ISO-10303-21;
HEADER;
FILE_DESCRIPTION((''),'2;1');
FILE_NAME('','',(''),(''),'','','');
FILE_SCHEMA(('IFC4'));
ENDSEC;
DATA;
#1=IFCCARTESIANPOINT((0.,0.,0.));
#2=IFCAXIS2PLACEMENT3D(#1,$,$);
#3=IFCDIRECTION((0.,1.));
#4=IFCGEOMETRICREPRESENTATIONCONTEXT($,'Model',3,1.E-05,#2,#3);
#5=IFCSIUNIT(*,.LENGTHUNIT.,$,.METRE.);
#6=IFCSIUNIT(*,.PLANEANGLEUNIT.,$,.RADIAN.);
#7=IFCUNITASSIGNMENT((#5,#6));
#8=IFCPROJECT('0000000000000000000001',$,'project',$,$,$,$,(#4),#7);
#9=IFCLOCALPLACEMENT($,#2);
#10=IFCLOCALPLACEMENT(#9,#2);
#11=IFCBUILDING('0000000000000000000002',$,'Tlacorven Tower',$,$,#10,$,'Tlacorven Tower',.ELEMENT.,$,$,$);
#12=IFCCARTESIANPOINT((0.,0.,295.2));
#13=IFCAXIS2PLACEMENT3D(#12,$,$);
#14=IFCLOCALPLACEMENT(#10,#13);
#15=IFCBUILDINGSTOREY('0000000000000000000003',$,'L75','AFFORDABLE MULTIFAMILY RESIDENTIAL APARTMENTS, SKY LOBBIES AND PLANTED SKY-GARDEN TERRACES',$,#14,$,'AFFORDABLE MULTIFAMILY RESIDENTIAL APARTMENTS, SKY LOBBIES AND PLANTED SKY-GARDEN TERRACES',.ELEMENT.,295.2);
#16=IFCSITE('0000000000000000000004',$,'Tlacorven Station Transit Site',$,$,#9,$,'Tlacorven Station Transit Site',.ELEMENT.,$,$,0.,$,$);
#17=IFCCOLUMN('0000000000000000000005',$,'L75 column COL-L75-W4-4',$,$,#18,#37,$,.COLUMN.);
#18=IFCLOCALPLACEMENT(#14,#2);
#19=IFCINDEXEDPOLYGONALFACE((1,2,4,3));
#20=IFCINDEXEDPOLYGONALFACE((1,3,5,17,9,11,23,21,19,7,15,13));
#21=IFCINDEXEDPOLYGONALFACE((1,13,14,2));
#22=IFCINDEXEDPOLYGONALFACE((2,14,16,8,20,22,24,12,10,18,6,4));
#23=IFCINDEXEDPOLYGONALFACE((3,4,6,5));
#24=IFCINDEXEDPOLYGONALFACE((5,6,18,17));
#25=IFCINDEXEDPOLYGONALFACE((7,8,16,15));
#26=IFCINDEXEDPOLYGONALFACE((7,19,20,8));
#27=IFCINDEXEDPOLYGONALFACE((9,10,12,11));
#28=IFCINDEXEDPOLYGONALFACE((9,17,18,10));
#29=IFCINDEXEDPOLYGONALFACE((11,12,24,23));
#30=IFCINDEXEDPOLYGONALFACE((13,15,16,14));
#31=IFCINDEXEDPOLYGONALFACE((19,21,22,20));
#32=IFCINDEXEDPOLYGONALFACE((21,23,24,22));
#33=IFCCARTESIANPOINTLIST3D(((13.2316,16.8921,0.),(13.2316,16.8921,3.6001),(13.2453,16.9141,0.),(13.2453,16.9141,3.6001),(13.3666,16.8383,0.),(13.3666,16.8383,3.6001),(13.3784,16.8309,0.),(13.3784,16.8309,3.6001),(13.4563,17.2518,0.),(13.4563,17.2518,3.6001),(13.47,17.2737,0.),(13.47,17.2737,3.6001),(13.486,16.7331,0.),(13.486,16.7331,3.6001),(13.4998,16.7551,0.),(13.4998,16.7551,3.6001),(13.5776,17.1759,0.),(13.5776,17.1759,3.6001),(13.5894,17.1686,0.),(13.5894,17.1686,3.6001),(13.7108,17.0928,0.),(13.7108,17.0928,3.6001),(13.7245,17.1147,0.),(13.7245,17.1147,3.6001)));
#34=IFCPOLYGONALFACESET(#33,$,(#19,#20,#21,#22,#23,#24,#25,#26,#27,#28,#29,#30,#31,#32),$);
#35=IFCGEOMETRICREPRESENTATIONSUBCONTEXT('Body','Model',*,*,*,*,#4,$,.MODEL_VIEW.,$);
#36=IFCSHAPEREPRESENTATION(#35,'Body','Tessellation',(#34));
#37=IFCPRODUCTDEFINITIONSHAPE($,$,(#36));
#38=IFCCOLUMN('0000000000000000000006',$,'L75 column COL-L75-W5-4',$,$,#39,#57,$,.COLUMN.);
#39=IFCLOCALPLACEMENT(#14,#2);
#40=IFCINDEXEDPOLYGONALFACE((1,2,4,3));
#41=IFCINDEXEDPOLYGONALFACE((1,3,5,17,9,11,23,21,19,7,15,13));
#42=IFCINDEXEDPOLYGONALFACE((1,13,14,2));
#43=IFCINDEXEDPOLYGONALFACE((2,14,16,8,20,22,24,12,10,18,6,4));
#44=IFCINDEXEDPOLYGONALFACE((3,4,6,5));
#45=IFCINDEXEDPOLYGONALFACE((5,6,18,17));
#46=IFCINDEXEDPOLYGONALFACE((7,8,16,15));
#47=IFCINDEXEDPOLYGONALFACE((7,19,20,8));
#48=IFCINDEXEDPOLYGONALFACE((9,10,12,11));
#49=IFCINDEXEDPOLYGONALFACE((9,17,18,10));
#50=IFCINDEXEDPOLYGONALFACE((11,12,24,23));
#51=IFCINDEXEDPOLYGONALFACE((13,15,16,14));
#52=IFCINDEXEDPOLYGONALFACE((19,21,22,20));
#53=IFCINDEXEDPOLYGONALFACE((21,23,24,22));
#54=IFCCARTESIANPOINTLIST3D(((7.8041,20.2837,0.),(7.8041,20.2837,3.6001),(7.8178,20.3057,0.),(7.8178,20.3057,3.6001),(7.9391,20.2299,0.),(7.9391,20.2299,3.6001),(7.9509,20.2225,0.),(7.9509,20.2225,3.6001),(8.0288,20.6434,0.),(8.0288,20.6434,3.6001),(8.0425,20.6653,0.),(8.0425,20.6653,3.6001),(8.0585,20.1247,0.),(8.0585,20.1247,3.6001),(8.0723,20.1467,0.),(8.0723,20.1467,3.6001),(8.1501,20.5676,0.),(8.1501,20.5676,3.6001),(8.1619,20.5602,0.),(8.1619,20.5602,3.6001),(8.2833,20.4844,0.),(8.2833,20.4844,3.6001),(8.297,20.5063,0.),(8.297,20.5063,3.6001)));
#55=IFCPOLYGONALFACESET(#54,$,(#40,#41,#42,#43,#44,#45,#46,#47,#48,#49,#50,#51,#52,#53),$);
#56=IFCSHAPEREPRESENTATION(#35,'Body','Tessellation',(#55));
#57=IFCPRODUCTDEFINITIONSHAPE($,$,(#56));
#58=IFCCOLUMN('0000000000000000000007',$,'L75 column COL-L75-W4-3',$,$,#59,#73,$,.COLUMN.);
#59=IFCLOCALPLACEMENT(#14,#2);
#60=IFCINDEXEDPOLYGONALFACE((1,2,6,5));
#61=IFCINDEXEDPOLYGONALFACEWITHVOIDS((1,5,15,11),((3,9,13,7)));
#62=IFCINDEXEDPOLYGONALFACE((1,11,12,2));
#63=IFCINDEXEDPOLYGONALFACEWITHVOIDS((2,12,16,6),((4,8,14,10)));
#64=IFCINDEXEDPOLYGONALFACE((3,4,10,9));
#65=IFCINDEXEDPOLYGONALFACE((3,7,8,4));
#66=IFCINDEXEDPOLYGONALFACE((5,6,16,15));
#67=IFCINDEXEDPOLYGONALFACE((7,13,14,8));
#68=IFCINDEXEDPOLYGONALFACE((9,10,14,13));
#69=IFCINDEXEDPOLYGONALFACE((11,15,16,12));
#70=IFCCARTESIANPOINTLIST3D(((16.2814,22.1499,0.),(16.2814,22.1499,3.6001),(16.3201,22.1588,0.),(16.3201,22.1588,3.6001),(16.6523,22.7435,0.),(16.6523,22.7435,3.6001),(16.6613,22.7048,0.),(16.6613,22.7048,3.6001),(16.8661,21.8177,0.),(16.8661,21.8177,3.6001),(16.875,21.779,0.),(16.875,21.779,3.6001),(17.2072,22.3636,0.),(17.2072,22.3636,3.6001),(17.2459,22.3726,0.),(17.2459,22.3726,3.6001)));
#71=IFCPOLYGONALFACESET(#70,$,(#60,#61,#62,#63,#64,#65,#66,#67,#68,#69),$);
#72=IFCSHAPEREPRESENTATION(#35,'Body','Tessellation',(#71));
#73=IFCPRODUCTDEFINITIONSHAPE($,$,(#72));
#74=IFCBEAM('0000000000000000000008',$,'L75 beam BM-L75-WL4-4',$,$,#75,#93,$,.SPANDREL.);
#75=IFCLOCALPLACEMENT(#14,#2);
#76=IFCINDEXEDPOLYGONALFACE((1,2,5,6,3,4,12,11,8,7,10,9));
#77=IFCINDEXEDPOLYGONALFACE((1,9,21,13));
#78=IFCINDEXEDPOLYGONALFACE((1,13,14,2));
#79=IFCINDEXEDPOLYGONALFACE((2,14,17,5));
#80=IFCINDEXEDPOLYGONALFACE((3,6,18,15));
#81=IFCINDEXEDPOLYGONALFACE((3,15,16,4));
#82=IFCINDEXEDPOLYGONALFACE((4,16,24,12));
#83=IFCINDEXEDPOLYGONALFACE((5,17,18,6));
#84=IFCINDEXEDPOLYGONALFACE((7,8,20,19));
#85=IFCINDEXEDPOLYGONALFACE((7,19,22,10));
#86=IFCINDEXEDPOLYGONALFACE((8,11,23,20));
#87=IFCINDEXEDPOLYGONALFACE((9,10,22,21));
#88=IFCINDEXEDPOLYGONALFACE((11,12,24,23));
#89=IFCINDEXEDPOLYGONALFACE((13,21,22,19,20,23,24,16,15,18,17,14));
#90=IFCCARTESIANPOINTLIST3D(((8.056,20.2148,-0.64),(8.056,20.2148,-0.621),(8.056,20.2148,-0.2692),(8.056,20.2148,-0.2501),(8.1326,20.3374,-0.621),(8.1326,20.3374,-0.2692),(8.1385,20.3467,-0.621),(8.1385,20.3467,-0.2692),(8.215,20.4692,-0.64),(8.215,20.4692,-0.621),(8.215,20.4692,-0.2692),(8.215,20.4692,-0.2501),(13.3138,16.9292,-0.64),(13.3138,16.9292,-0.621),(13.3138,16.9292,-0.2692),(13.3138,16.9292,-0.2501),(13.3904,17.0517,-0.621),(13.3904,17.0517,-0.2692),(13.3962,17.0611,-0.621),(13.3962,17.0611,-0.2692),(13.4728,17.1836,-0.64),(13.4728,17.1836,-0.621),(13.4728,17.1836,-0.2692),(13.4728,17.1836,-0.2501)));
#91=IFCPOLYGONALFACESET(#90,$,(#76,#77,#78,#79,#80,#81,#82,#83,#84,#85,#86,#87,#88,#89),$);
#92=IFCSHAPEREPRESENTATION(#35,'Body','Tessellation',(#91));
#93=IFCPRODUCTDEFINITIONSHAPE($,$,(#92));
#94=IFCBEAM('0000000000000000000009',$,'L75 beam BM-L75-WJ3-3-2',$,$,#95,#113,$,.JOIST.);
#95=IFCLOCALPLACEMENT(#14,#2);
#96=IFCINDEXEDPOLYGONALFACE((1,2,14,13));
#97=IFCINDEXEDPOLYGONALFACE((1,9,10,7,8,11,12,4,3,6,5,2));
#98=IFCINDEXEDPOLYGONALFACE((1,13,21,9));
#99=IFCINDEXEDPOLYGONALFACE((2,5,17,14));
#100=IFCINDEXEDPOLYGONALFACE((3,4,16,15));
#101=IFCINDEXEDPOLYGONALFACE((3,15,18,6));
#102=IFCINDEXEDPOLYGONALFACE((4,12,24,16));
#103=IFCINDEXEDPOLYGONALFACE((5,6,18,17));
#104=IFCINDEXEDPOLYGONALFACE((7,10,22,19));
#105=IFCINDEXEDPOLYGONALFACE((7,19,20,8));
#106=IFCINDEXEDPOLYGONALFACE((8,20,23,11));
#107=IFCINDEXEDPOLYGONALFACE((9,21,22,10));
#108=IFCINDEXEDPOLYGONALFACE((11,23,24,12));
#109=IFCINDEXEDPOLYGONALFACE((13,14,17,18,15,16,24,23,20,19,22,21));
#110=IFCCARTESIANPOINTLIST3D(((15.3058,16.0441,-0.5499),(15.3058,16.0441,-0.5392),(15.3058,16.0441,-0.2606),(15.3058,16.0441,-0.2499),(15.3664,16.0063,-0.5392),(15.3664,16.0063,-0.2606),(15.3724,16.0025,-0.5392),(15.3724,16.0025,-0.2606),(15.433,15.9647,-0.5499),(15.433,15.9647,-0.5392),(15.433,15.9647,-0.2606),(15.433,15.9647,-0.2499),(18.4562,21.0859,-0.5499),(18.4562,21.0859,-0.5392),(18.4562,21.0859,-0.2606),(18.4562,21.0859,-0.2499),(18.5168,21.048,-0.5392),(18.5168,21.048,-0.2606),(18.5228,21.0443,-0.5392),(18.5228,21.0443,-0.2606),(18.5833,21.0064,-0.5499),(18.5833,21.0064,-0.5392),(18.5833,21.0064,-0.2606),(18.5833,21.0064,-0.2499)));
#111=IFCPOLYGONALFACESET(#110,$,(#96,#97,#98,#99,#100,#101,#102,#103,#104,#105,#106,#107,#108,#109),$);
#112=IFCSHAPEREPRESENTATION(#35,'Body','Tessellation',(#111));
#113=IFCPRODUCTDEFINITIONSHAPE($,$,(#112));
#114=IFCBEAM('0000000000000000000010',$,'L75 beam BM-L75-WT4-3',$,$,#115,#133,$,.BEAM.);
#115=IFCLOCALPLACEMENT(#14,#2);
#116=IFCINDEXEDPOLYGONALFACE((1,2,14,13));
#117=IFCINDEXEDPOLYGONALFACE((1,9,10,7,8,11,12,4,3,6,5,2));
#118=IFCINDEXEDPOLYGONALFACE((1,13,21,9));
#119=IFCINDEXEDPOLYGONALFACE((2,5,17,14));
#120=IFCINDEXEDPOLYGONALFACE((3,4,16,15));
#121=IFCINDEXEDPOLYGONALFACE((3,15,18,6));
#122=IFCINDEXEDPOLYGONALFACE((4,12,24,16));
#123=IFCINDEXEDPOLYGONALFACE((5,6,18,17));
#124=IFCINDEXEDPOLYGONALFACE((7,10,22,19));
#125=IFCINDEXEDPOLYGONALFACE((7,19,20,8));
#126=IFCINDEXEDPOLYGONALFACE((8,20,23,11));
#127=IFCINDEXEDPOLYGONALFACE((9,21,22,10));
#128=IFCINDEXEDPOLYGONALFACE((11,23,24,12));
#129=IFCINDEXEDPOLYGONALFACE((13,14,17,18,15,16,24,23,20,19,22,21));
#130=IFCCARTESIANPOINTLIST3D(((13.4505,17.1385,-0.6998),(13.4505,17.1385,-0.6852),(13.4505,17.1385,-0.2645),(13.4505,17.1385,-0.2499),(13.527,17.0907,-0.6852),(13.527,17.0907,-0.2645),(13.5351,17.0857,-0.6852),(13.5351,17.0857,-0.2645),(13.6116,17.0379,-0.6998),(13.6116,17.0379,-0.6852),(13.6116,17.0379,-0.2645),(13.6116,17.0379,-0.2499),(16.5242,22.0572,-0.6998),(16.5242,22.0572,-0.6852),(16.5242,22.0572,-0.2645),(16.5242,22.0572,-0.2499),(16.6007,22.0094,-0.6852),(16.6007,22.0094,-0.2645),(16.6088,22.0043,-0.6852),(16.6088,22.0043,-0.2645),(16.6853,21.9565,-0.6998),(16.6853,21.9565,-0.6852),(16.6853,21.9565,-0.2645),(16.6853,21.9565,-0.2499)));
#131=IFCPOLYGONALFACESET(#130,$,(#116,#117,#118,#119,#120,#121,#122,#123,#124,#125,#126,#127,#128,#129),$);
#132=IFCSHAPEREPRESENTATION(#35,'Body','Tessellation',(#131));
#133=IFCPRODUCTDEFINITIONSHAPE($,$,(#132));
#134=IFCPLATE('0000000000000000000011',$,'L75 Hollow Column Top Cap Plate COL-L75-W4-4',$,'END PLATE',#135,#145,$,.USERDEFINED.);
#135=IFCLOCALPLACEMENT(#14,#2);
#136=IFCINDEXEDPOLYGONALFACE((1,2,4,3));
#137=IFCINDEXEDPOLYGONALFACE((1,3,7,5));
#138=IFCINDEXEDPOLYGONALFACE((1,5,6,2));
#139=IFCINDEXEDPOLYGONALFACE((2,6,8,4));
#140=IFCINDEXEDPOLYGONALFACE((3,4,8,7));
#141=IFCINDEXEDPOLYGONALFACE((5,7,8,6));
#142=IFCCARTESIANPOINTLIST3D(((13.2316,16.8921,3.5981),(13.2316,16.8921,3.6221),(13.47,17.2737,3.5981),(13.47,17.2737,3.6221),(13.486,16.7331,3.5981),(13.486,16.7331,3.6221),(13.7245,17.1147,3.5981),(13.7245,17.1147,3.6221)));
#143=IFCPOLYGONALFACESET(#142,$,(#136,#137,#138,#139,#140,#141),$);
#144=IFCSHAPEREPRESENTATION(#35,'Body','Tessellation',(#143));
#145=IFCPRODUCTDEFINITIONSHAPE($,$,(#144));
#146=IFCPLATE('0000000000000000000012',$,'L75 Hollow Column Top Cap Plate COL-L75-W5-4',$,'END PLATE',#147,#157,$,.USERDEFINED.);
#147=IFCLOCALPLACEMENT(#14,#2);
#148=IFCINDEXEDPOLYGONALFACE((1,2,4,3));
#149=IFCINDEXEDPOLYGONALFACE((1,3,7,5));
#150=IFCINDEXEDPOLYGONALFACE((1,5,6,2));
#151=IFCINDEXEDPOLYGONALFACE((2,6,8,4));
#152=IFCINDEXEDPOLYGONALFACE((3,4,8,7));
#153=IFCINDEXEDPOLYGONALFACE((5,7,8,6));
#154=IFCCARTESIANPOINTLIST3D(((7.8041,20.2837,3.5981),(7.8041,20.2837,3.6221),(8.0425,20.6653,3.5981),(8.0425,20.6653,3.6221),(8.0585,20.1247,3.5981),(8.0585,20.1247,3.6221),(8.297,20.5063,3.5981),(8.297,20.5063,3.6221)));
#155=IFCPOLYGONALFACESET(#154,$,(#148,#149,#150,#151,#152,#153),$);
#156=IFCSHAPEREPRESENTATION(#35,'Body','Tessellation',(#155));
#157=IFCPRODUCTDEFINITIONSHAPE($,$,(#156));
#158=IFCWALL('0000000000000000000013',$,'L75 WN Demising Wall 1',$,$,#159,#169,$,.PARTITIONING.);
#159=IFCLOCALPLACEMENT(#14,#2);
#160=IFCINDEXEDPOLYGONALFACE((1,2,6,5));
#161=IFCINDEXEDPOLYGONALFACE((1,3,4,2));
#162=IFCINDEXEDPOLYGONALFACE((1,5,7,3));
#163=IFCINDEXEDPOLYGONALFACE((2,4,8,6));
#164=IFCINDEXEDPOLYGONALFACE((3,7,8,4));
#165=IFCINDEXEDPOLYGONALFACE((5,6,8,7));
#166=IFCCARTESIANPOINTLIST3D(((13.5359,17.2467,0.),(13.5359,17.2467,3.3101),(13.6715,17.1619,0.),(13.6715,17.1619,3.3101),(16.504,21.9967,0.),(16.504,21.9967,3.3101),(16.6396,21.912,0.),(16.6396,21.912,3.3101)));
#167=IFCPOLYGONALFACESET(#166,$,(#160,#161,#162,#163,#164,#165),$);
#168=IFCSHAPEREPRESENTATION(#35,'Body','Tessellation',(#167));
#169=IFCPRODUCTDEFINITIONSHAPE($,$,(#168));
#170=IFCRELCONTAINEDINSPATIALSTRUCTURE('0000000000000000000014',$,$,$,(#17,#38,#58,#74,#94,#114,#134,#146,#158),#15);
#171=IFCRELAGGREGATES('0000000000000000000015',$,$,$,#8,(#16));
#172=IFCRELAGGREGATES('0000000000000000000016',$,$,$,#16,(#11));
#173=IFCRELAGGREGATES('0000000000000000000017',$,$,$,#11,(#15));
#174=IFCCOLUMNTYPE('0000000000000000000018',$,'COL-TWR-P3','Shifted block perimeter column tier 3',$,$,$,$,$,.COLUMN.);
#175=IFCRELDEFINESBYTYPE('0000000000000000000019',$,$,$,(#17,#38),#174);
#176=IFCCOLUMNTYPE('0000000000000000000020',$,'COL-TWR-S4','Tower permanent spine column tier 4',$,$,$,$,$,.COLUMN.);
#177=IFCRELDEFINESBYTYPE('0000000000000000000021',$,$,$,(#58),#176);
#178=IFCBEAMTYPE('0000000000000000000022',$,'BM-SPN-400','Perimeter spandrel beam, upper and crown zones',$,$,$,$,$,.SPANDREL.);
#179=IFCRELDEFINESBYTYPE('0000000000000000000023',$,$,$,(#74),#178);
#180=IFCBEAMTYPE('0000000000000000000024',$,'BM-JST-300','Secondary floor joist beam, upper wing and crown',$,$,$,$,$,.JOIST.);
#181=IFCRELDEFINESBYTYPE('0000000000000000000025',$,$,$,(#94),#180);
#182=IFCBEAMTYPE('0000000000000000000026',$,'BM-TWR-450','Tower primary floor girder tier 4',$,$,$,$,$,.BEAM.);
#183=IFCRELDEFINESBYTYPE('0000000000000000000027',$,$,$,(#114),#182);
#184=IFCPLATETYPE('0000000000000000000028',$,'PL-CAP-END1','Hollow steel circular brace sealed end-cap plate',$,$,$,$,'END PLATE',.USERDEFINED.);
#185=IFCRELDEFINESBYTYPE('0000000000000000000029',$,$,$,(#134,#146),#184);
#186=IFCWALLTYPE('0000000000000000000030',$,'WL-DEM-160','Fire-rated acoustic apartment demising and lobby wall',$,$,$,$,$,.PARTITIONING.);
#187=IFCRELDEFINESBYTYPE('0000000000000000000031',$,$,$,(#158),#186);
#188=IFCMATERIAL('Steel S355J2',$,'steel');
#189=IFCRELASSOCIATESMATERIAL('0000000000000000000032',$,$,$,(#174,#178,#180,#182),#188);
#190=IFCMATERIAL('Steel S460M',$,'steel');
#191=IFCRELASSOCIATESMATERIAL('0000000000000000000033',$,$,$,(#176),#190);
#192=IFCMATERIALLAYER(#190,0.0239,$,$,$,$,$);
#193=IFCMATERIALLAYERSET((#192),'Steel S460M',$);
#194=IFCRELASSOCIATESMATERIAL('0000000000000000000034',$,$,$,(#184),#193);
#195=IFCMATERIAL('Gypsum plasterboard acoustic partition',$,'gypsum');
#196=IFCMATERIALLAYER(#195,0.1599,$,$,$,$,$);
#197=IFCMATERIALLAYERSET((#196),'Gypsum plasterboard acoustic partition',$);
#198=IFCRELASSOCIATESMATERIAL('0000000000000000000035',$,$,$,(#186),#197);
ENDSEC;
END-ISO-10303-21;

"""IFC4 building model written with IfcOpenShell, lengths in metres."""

from ifc_helpers import new_model, si_unit, direction, frame, frame_2d, origin, origin_2d, place, context, subcontext, project, spatial, rectangle, hollow_rectangle, i_section, extrude, source, transform, mapped, material, layer, layer_set, material_profile, profile_set, type_object, element, save


model = new_model("IFC4")

# Units and contexts
model_context = context("Model", 3, precision=1e-05, world=origin(), true_north=direction((0.0, 1.0)))
body_context = subcontext(model_context, "Body", "Model", "MODEL_VIEW")
ifc_project = project(units=[si_unit("LENGTHUNIT", "METRE"), si_unit("PLANEANGLEUNIT", "RADIAN")], contexts=[model_context])

# Site, building, storey
site_placement = place(None, origin())
site = spatial("IfcSite", under=ifc_project, at=site_placement, Name="Tlacorven Station Transit Site", LongName="Tlacorven Station Transit Site", CompositionType="ELEMENT", RefElevation=0.0)
building_placement = place(site_placement, origin())
building = spatial("IfcBuilding", under=site, at=building_placement, Name="Tlacorven Tower", LongName="Tlacorven Tower", CompositionType="ELEMENT")
storey_placement = place(building_placement, frame((0.0, 0.0, 295.2)))
storey = spatial("IfcBuildingStorey", under=building, at=storey_placement, Name="L75", Description="AFFORDABLE MULTIFAMILY RESIDENTIAL APARTMENTS, SKY LOBBIES AND PLANTED SKY-GARDEN TERRACES", LongName="AFFORDABLE MULTIFAMILY RESIDENTIAL APARTMENTS, SKY LOBBIES AND PLANTED SKY-GARDEN TERRACES", CompositionType="ELEMENT", Elevation=295.2)

# Columns
ifc_material_1 = material(Name="Steel S355J2", Category="steel")
ifc_material_profile_1 = material_profile(ifc_material_1, i_section(OverallWidth=0.3, OverallDepth=0.45, WebThickness=0.0139, FlangeThickness=0.0259, at=origin_2d()), Name="HEB 450")
ifc_profile_set_1 = profile_set([ifc_material_profile_1], Name="Steel S355J2")
column_type_1 = type_object("IfcColumnType", Name="COL-TWR-P3", Description="Shifted block perimeter column tier 3", PredefinedType="COLUMN", material=ifc_profile_set_1)
shared_shape_1 = source(origin(), body_context, "Body", "SweptSolid", [
    extrude(i_section(OverallWidth=0.3, OverallDepth=0.45, WebThickness=0.0139, FlangeThickness=0.0259, at=origin_2d()), origin(), (0.0, 0.0, 1.0), 3.6001),
])
for number, where, z_axis, x_axis, name in (
    (1, (13.478, 17.0034, 0.0), (0.0, 0.0, 1.0), (-0.848048, 0.529919, 0.0), "L75 column COL-L75-W4-4"),
    (2, (8.0505, 20.395, 0.0), (0.0, 0.0, 1.0), (-0.848048, 0.529919, 0.0), "L75 column COL-L75-W5-4"),
):
    element("IfcColumn", number, at=place(storey_placement, frame(where, z_axis=z_axis, x_axis=x_axis)), inside=storey, type_object=column_type_1, Name=name, PredefinedType="COLUMN", context=body_context, shape_type="MappedRepresentation", body=[
        mapped(shared_shape_1, transform((0.0, 0.0, 0.0), scale=1.0)),
    ])
ifc_material_2 = material(Name="Steel S460M", Category="steel")
ifc_material_profile_2 = material_profile(ifc_material_2, hollow_rectangle(XDim=0.7, YDim=0.7, WallThickness=0.0281, at=origin_2d()), Name="BOX 700X700X28")
ifc_profile_set_2 = profile_set([ifc_material_profile_2], Name="Steel S460M")
column_type_2 = type_object("IfcColumnType", Name="COL-TWR-S4", Description="Tower permanent spine column tier 4", PredefinedType="COLUMN", material=ifc_profile_set_2)
shared_shape_2 = source(origin(), body_context, "Body", "SweptSolid", [
    extrude(hollow_rectangle(XDim=0.7, YDim=0.7, WallThickness=0.0281, at=origin_2d()), origin(), (0.0, 0.0, 1.0), 3.6001),
])
column_placement = place(storey_placement, frame((16.7637, 22.2612, 0.0), z_axis=(0.0, 0.0, 1.0), x_axis=(-0.848048, 0.529919, 0.0)))
element("IfcColumn", 3, at=column_placement, inside=storey, type_object=column_type_2, Name="L75 column COL-L75-W4-3", PredefinedType="COLUMN", context=body_context, shape_type="MappedRepresentation", body=[
    mapped(shared_shape_2, transform((0.0, 0.0, 0.0), scale=1.0)),
])

# Beams
ifc_material_profile_3 = material_profile(ifc_material_1, i_section(OverallWidth=0.3, OverallDepth=0.3899, WebThickness=0.011, FlangeThickness=0.019, at=origin_2d()), Name="HEA 400")
ifc_profile_set_3 = profile_set([ifc_material_profile_3], Name="Steel S355J2")
beam_type_1 = type_object("IfcBeamType", Name="BM-SPN-400", Description="Perimeter spandrel beam, upper and crown zones", PredefinedType="SPANDREL", material=ifc_profile_set_3)
shared_shape_3 = source(origin(), body_context, "Body", "SweptSolid", [
    extrude(i_section(OverallWidth=0.3, OverallDepth=0.3899, WebThickness=0.011, FlangeThickness=0.019, at=origin_2d()), origin(), (0.0, 0.0, 1.0), 6.2),
])
beam_1_placement = place(storey_placement, frame((13.3933, 17.0564, -0.4451), z_axis=(-0.848034, 0.529942, 0.0), x_axis=(-0.529942, -0.848034, 0.0)))
element("IfcBeam", 4, at=beam_1_placement, inside=storey, type_object=beam_type_1, Name="L75 beam BM-L75-WL4-4", PredefinedType="SPANDREL", context=body_context, shape_type="MappedRepresentation", body=[
    mapped(shared_shape_3, transform((0.0, 0.0, 0.0), scale=1.0)),
])
ifc_material_profile_4 = material_profile(ifc_material_1, i_section(OverallWidth=0.1499, OverallDepth=0.3, WebThickness=0.0071, FlangeThickness=0.0107, at=origin_2d()), Name="IPE 300")
ifc_profile_set_4 = profile_set([ifc_material_profile_4], Name="Steel S355J2")
beam_type_2 = type_object("IfcBeamType", Name="BM-JST-300", Description="Secondary floor joist beam, upper wing and crown", PredefinedType="JOIST", material=ifc_profile_set_4)
shared_shape_4 = source(origin(), body_context, "Body", "SweptSolid", [
    extrude(i_section(OverallWidth=0.1499, OverallDepth=0.3, WebThickness=0.0071, FlangeThickness=0.0107, at=origin_2d()), origin(), (0.0, 0.0, 1.0), 5.9451),
])
beam_2_placement = place(storey_placement, frame((18.5198, 21.0461, -0.3999), z_axis=(-0.529914, -0.848051, 0.0), x_axis=(0.848051, -0.529914, 0.0)))
element("IfcBeam", 5, at=beam_2_placement, inside=storey, type_object=beam_type_2, Name="L75 beam BM-L75-WJ3-3-2", PredefinedType="JOIST", context=body_context, shape_type="MappedRepresentation", body=[
    mapped(shared_shape_4, transform((0.0, 0.0, 0.0), scale=1.0)),
])
ifc_material_profile_5 = material_profile(ifc_material_1, i_section(OverallWidth=0.1899, OverallDepth=0.45, WebThickness=0.0095, FlangeThickness=0.0146, at=origin_2d()), Name="IPE 450")
ifc_profile_set_5 = profile_set([ifc_material_profile_5], Name="Steel S355J2")
beam_type_3 = type_object("IfcBeamType", Name="BM-TWR-450", Description="Tower primary floor girder tier 4", PredefinedType="BEAM", material=ifc_profile_set_5)
shared_shape_5 = source(origin(), body_context, "Body", "SweptSolid", [
    extrude(i_section(OverallWidth=0.1899, OverallDepth=0.45, WebThickness=0.0095, FlangeThickness=0.0146, at=origin_2d()), origin(), (0.0, 0.0, 1.0), 5.8),
])
beam_3_placement = place(storey_placement, frame((16.6047, 22.0068, -0.4749), z_axis=(-0.529942, -0.848034, 0.0), x_axis=(0.848034, -0.529942, 0.0)))
element("IfcBeam", 6, at=beam_3_placement, inside=storey, type_object=beam_type_3, Name="L75 beam BM-L75-WT4-3", PredefinedType="BEAM", context=body_context, shape_type="MappedRepresentation", body=[
    mapped(shared_shape_5, transform((0.0, 0.0, 0.0), scale=1.0)),
])

# Plates
ifc_layer_1 = layer(ifc_material_2, 0.0239)
ifc_layer_set_1 = layer_set([ifc_layer_1], Name="Steel S460M")
plate_type = type_object("IfcPlateType", Name="PL-CAP-END1", Description="Hollow steel circular brace sealed end-cap plate", ElementType="END PLATE", PredefinedType="USERDEFINED", material=ifc_layer_set_1)
shared_shape_6 = source(origin(), body_context, "Body", "SweptSolid", [
    extrude(rectangle(XDim=0.3, YDim=0.45, at=origin_2d()), origin(), (0.0, 0.0, 1.0), 0.0239),
])
for number, where, z_axis, x_axis, name in (
    (7, (13.478, 17.0034, 3.5981), (0.0, 0.0, 1.0), (-0.848048, 0.529919, 0.0), "L75 Hollow Column Top Cap Plate COL-L75-W4-4"),
    (8, (8.0505, 20.395, 3.5981), (0.0, 0.0, 1.0), (-0.848048, 0.529919, 0.0), "L75 Hollow Column Top Cap Plate COL-L75-W5-4"),
):
    element("IfcPlate", number, at=place(storey_placement, frame(where, z_axis=z_axis, x_axis=x_axis)), inside=storey, type_object=plate_type, Name=name, ObjectType="END PLATE", PredefinedType="USERDEFINED", context=body_context, shape_type="MappedRepresentation", body=[
        mapped(shared_shape_6, transform((0.0, 0.0, 0.0), scale=1.0)),
    ])

# Wall
ifc_material_3 = material(Name="Gypsum plasterboard acoustic partition", Category="gypsum")
ifc_layer_2 = layer(ifc_material_3, 0.1599)
ifc_layer_set_2 = layer_set([ifc_layer_2], Name="Gypsum plasterboard acoustic partition")
wall_type_1 = type_object("IfcWallType", Name="WL-DEM-160", Description="Fire-rated acoustic apartment demising and lobby wall", PredefinedType="PARTITIONING", material=ifc_layer_set_2)
wall_1_placement = place(storey_placement, frame((16.5718, 21.9543, 0.0), z_axis=(0.0, 0.0, 1.0), x_axis=(-0.529905, -0.848057, 0.0)))
element("IfcWall", 9, at=wall_1_placement, inside=storey, type_object=wall_type_1, Name="L75 WN Demising Wall 1", PredefinedType="PARTITIONING", context=body_context, shape_type="SweptSolid", body=[
    extrude(rectangle(XDim=5.6011, YDim=0.1599, at=frame_2d((2.8005, 0.0))), origin(), (0.0, 0.0, 1.0), 3.3101),
])

save(model, "model.ifc")
